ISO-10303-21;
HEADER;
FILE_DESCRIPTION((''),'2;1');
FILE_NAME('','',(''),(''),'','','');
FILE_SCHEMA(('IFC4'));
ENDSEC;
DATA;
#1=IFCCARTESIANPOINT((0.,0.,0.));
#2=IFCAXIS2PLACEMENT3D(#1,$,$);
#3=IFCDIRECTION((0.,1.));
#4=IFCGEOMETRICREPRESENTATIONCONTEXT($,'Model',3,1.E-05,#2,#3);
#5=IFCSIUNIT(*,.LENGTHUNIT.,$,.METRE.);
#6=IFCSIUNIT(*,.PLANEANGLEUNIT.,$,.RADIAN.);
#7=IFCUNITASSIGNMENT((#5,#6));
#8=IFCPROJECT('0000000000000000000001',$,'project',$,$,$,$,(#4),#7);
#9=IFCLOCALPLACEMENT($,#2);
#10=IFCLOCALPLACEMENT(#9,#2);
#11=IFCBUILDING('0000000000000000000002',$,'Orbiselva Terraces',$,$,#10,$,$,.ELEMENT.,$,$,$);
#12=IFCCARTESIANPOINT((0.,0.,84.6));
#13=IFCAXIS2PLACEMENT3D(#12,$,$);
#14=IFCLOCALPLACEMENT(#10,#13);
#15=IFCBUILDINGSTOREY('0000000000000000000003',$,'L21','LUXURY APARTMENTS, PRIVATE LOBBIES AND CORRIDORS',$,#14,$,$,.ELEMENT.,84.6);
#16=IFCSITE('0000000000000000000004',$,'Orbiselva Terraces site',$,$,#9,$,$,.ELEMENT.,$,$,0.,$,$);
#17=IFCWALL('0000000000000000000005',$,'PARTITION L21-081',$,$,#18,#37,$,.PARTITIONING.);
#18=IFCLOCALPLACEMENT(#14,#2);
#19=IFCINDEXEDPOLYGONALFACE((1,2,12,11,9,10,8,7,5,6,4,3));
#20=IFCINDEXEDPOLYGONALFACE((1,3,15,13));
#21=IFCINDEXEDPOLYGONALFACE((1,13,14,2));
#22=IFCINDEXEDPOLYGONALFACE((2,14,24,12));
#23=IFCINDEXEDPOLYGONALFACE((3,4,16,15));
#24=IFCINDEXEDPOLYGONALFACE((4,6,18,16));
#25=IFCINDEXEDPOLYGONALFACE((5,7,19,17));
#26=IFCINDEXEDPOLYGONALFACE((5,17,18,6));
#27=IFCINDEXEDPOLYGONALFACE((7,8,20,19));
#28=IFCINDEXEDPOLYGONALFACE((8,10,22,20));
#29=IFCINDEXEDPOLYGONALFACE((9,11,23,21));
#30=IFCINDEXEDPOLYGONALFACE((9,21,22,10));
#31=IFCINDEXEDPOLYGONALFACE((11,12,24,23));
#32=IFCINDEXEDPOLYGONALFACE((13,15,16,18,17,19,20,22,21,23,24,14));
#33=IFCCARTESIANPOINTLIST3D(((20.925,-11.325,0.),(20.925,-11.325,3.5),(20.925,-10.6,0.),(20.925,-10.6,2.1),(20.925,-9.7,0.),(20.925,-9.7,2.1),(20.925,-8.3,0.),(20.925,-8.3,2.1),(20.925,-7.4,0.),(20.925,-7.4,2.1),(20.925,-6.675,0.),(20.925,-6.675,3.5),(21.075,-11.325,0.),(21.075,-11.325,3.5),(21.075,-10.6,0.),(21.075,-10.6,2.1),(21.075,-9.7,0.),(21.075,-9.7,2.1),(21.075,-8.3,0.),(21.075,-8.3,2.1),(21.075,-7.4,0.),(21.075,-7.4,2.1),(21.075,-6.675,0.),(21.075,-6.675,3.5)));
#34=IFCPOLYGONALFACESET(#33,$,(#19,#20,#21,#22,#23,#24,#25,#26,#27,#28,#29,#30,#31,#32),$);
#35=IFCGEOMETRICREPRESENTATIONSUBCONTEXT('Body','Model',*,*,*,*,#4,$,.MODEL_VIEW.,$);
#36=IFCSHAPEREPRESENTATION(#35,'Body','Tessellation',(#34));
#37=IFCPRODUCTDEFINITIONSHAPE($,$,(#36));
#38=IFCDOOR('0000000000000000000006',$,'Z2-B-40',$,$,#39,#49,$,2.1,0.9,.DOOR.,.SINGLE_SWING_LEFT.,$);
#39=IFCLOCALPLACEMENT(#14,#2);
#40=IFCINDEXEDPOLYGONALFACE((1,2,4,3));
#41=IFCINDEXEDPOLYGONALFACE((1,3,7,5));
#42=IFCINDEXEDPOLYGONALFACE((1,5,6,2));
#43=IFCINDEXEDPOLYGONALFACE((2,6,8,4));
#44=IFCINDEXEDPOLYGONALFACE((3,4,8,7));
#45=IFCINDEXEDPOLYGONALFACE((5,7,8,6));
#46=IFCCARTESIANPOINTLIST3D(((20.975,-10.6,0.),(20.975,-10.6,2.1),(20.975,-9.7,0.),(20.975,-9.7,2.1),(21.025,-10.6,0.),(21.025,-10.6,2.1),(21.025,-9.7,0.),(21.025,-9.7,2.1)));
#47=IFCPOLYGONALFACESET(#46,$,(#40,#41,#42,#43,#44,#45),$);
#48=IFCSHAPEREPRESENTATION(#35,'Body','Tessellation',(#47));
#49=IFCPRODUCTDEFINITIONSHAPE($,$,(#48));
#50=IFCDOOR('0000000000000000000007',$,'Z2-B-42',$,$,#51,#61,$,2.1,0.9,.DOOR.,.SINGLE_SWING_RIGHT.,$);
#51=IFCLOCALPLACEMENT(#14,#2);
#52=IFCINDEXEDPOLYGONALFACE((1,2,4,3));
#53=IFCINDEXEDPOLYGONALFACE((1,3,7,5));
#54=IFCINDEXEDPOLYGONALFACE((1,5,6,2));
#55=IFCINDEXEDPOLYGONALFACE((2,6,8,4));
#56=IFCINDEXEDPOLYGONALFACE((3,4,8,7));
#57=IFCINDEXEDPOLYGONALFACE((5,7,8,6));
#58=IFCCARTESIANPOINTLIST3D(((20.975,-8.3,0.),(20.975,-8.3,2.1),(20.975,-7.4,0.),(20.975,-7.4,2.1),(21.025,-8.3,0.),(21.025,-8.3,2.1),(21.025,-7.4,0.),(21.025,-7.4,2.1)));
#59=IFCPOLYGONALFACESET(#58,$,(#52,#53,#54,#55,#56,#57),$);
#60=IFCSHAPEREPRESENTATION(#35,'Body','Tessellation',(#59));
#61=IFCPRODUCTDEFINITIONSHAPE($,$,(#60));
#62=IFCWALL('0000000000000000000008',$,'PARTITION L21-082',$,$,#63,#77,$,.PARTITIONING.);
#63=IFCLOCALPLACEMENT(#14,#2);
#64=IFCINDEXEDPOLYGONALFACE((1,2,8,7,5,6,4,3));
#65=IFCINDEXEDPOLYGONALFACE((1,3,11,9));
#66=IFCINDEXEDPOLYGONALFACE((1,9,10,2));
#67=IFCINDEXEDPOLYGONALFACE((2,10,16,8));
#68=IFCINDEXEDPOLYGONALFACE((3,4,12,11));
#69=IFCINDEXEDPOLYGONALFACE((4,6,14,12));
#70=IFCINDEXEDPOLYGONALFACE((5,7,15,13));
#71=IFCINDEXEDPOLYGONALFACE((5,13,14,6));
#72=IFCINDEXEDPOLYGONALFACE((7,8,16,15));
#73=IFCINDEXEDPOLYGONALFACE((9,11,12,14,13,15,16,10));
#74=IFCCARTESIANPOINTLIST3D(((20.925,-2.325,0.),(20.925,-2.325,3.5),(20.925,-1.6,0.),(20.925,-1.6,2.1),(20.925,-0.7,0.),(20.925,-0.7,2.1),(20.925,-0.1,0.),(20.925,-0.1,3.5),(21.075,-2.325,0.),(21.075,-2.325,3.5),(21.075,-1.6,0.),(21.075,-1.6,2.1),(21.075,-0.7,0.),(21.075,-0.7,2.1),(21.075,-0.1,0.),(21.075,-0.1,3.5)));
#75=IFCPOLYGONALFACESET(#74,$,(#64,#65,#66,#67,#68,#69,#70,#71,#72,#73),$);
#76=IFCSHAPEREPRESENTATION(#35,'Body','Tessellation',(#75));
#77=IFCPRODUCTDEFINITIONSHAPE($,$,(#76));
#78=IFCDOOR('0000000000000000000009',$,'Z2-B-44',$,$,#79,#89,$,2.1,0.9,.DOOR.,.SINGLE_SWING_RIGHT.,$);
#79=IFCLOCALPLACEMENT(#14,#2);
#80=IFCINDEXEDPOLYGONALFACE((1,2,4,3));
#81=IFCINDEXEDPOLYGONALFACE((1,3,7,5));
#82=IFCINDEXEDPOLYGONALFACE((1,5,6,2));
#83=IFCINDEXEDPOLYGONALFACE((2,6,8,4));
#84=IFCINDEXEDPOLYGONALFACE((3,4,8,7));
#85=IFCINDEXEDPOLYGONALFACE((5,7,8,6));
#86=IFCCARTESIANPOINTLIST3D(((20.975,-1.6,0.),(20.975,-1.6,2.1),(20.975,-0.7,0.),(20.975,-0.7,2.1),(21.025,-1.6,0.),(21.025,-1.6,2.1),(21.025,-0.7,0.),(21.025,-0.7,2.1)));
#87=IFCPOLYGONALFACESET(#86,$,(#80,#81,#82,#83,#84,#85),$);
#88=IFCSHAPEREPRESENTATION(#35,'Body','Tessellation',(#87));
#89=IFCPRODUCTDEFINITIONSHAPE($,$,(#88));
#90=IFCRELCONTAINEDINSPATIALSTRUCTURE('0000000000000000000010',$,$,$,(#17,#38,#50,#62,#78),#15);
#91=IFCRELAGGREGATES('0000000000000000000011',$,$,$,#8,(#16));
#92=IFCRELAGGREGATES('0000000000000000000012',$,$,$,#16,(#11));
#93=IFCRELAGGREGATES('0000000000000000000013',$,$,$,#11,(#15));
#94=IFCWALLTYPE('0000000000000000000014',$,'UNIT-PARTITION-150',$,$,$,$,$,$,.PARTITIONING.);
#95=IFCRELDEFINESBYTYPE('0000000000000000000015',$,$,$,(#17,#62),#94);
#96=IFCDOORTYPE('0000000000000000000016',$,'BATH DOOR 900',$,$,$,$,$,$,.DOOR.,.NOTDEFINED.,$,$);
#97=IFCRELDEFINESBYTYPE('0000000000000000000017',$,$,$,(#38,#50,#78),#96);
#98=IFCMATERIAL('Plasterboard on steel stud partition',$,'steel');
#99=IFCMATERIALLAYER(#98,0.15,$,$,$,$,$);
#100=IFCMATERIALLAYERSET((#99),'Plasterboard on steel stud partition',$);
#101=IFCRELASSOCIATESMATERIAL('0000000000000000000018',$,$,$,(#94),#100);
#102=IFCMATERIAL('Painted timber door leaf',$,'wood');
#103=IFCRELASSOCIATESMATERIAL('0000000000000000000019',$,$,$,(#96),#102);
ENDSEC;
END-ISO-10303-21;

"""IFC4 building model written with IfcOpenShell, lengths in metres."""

from ifc_helpers import new_model, si_unit, direction, frame, frame_2d, origin, place, context, subcontext, project, spatial, rectangle, extrude, material, layer, layer_set, type_object, element, fill, save


model = new_model("IFC4")

# Units and contexts
model_context = context("Model", 3, precision=1e-05, world=origin(), true_north=direction((0.0, 1.0)))
body_context = subcontext(model_context, "Body", "Model", "MODEL_VIEW")
ifc_project = project(units=[si_unit("LENGTHUNIT", "METRE"), si_unit("PLANEANGLEUNIT", "RADIAN")], contexts=[model_context])

# Site, building, storey
site_placement = place(None, origin())
site = spatial("IfcSite", under=ifc_project, at=site_placement, Name="Orbiselva Terraces site", CompositionType="ELEMENT", RefElevation=0.0)
building_placement = place(site_placement, origin())
building = spatial("IfcBuilding", under=site, at=building_placement, Name="Orbiselva Terraces", CompositionType="ELEMENT")
storey_placement = place(building_placement, frame((0.0, 0.0, 84.6)))
storey = spatial("IfcBuildingStorey", under=building, at=storey_placement, Name="L21", Description="LUXURY APARTMENTS, PRIVATE LOBBIES AND CORRIDORS", CompositionType="ELEMENT", Elevation=84.6)

# Shared definitions
ifc_material_1 = material(Name="Plasterboard on steel stud partition", Category="steel")

# Shared definitions
ifc_layer_1 = layer(ifc_material_1, 0.15)
ifc_layer_set_1 = layer_set([ifc_layer_1], Name="Plasterboard on steel stud partition")
wall_type_1 = type_object("IfcWallType", Name="UNIT-PARTITION-150", PredefinedType="PARTITIONING", material=ifc_layer_set_1)
ifc_material_2 = material(Name="Painted timber door leaf", Category="wood")
door_type_1 = type_object("IfcDoorType", Name="BATH DOOR 900", OperationType="NOTDEFINED", PredefinedType="DOOR", material=ifc_material_2)

# Wall, openings, doors
wall_1_placement = place(storey_placement, frame((21.0, -11.325, 0.0), z_axis=(0.0, 0.0, 1.0), x_axis=(0.0, 1.0, 0.0)))
wall_1 = element("IfcWall", 1, at=wall_1_placement, inside=storey, type_object=wall_type_1, Name="PARTITION L21-081", PredefinedType="PARTITIONING", context=body_context, shape_type="SweptSolid", body=[
    extrude(rectangle(XDim=4.65, YDim=0.15, at=frame_2d((2.325, 0.0))), origin(), (0.0, 0.0, 1.0), 3.5),
])
opening_1_placement = place(wall_1_placement, frame((0.725, 0.0, 0.0)))
opening_1 = element("IfcOpeningElement", 2, at=opening_1_placement, cuts=wall_1, PredefinedType="OPENING", context=body_context, shape_type="SweptSolid", body=[
    extrude(rectangle(XDim=0.9, YDim=2.1, at=frame_2d((0.45, 1.05))), frame((0.0, 0.085, 0.0), z_axis=(0.0, -1.0, 0.0), x_axis=(1.0, 0.0, 0.0)), (0.0, 0.0, 1.0), 0.17),
])
opening_2_placement = place(wall_1_placement, frame((3.025, 0.0, 0.0)))
opening_2 = element("IfcOpeningElement", 3, at=opening_2_placement, cuts=wall_1, PredefinedType="OPENING", context=body_context, shape_type="SweptSolid", body=[
    extrude(rectangle(XDim=0.9, YDim=2.1, at=frame_2d((0.45, 1.05))), frame((0.0, 0.085, 0.0), z_axis=(0.0, -1.0, 0.0), x_axis=(1.0, 0.0, 0.0)), (0.0, 0.0, 1.0), 0.17),
])
door_1_placement = place(opening_1_placement, origin())
door_1 = element("IfcDoor", 4, at=door_1_placement, inside=storey, type_object=door_type_1, Name="Z2-B-40", OperationType="SINGLE_SWING_LEFT", OverallHeight=2.1, OverallWidth=0.9, PredefinedType="DOOR", context=body_context, shape_type="SweptSolid", body=[
    extrude(rectangle(XDim=0.9, YDim=2.1, at=frame_2d((0.45, 1.05))), frame((0.0, 0.025, 0.0), z_axis=(0.0, -1.0, 0.0), x_axis=(1.0, 0.0, 0.0)), (0.0, 0.0, 1.0), 0.05),
])
fill(opening_1, door_1)
door_2_placement = place(opening_2_placement, origin())
door_2 = element("IfcDoor", 5, at=door_2_placement, inside=storey, type_object=door_type_1, Name="Z2-B-42", OperationType="SINGLE_SWING_RIGHT", OverallHeight=2.1, OverallWidth=0.9, PredefinedType="DOOR", context=body_context, shape_type="SweptSolid", body=[
    extrude(rectangle(XDim=0.9, YDim=2.1, at=frame_2d((0.45, 1.05))), frame((0.0, 0.025, 0.0), z_axis=(0.0, -1.0, 0.0), x_axis=(1.0, 0.0, 0.0)), (0.0, 0.0, 1.0), 0.05),
])
fill(opening_2, door_2)

# Wall, opening, door
wall_2_placement = place(storey_placement, frame((21.0, -2.325, 0.0), z_axis=(0.0, 0.0, 1.0), x_axis=(0.0, 1.0, 0.0)))
wall_2 = element("IfcWall", 6, at=wall_2_placement, inside=storey, type_object=wall_type_1, Name="PARTITION L21-082", PredefinedType="PARTITIONING", context=body_context, shape_type="SweptSolid", body=[
    extrude(rectangle(XDim=2.225, YDim=0.15, at=frame_2d((1.1125, 0.0))), origin(), (0.0, 0.0, 1.0), 3.5),
])
opening_3_placement = place(wall_2_placement, frame((0.725, 0.0, 0.0)))
opening_3 = element("IfcOpeningElement", 7, at=opening_3_placement, cuts=wall_2, PredefinedType="OPENING", context=body_context, shape_type="SweptSolid", body=[
    extrude(rectangle(XDim=0.9, YDim=2.1, at=frame_2d((0.45, 1.05))), frame((0.0, 0.085, 0.0), z_axis=(0.0, -1.0, 0.0), x_axis=(1.0, 0.0, 0.0)), (0.0, 0.0, 1.0), 0.17),
])
door_3_placement = place(opening_3_placement, origin())
door_3 = element("IfcDoor", 8, at=door_3_placement, inside=storey, type_object=door_type_1, Name="Z2-B-44", OperationType="SINGLE_SWING_RIGHT", OverallHeight=2.1, OverallWidth=0.9, PredefinedType="DOOR", context=body_context, shape_type="SweptSolid", body=[
    extrude(rectangle(XDim=0.9, YDim=2.1, at=frame_2d((0.45, 1.05))), frame((0.0, 0.025, 0.0), z_axis=(0.0, -1.0, 0.0), x_axis=(1.0, 0.0, 0.0)), (0.0, 0.0, 1.0), 0.05),
])
fill(opening_3, door_3)

save(model, "model.ifc")
